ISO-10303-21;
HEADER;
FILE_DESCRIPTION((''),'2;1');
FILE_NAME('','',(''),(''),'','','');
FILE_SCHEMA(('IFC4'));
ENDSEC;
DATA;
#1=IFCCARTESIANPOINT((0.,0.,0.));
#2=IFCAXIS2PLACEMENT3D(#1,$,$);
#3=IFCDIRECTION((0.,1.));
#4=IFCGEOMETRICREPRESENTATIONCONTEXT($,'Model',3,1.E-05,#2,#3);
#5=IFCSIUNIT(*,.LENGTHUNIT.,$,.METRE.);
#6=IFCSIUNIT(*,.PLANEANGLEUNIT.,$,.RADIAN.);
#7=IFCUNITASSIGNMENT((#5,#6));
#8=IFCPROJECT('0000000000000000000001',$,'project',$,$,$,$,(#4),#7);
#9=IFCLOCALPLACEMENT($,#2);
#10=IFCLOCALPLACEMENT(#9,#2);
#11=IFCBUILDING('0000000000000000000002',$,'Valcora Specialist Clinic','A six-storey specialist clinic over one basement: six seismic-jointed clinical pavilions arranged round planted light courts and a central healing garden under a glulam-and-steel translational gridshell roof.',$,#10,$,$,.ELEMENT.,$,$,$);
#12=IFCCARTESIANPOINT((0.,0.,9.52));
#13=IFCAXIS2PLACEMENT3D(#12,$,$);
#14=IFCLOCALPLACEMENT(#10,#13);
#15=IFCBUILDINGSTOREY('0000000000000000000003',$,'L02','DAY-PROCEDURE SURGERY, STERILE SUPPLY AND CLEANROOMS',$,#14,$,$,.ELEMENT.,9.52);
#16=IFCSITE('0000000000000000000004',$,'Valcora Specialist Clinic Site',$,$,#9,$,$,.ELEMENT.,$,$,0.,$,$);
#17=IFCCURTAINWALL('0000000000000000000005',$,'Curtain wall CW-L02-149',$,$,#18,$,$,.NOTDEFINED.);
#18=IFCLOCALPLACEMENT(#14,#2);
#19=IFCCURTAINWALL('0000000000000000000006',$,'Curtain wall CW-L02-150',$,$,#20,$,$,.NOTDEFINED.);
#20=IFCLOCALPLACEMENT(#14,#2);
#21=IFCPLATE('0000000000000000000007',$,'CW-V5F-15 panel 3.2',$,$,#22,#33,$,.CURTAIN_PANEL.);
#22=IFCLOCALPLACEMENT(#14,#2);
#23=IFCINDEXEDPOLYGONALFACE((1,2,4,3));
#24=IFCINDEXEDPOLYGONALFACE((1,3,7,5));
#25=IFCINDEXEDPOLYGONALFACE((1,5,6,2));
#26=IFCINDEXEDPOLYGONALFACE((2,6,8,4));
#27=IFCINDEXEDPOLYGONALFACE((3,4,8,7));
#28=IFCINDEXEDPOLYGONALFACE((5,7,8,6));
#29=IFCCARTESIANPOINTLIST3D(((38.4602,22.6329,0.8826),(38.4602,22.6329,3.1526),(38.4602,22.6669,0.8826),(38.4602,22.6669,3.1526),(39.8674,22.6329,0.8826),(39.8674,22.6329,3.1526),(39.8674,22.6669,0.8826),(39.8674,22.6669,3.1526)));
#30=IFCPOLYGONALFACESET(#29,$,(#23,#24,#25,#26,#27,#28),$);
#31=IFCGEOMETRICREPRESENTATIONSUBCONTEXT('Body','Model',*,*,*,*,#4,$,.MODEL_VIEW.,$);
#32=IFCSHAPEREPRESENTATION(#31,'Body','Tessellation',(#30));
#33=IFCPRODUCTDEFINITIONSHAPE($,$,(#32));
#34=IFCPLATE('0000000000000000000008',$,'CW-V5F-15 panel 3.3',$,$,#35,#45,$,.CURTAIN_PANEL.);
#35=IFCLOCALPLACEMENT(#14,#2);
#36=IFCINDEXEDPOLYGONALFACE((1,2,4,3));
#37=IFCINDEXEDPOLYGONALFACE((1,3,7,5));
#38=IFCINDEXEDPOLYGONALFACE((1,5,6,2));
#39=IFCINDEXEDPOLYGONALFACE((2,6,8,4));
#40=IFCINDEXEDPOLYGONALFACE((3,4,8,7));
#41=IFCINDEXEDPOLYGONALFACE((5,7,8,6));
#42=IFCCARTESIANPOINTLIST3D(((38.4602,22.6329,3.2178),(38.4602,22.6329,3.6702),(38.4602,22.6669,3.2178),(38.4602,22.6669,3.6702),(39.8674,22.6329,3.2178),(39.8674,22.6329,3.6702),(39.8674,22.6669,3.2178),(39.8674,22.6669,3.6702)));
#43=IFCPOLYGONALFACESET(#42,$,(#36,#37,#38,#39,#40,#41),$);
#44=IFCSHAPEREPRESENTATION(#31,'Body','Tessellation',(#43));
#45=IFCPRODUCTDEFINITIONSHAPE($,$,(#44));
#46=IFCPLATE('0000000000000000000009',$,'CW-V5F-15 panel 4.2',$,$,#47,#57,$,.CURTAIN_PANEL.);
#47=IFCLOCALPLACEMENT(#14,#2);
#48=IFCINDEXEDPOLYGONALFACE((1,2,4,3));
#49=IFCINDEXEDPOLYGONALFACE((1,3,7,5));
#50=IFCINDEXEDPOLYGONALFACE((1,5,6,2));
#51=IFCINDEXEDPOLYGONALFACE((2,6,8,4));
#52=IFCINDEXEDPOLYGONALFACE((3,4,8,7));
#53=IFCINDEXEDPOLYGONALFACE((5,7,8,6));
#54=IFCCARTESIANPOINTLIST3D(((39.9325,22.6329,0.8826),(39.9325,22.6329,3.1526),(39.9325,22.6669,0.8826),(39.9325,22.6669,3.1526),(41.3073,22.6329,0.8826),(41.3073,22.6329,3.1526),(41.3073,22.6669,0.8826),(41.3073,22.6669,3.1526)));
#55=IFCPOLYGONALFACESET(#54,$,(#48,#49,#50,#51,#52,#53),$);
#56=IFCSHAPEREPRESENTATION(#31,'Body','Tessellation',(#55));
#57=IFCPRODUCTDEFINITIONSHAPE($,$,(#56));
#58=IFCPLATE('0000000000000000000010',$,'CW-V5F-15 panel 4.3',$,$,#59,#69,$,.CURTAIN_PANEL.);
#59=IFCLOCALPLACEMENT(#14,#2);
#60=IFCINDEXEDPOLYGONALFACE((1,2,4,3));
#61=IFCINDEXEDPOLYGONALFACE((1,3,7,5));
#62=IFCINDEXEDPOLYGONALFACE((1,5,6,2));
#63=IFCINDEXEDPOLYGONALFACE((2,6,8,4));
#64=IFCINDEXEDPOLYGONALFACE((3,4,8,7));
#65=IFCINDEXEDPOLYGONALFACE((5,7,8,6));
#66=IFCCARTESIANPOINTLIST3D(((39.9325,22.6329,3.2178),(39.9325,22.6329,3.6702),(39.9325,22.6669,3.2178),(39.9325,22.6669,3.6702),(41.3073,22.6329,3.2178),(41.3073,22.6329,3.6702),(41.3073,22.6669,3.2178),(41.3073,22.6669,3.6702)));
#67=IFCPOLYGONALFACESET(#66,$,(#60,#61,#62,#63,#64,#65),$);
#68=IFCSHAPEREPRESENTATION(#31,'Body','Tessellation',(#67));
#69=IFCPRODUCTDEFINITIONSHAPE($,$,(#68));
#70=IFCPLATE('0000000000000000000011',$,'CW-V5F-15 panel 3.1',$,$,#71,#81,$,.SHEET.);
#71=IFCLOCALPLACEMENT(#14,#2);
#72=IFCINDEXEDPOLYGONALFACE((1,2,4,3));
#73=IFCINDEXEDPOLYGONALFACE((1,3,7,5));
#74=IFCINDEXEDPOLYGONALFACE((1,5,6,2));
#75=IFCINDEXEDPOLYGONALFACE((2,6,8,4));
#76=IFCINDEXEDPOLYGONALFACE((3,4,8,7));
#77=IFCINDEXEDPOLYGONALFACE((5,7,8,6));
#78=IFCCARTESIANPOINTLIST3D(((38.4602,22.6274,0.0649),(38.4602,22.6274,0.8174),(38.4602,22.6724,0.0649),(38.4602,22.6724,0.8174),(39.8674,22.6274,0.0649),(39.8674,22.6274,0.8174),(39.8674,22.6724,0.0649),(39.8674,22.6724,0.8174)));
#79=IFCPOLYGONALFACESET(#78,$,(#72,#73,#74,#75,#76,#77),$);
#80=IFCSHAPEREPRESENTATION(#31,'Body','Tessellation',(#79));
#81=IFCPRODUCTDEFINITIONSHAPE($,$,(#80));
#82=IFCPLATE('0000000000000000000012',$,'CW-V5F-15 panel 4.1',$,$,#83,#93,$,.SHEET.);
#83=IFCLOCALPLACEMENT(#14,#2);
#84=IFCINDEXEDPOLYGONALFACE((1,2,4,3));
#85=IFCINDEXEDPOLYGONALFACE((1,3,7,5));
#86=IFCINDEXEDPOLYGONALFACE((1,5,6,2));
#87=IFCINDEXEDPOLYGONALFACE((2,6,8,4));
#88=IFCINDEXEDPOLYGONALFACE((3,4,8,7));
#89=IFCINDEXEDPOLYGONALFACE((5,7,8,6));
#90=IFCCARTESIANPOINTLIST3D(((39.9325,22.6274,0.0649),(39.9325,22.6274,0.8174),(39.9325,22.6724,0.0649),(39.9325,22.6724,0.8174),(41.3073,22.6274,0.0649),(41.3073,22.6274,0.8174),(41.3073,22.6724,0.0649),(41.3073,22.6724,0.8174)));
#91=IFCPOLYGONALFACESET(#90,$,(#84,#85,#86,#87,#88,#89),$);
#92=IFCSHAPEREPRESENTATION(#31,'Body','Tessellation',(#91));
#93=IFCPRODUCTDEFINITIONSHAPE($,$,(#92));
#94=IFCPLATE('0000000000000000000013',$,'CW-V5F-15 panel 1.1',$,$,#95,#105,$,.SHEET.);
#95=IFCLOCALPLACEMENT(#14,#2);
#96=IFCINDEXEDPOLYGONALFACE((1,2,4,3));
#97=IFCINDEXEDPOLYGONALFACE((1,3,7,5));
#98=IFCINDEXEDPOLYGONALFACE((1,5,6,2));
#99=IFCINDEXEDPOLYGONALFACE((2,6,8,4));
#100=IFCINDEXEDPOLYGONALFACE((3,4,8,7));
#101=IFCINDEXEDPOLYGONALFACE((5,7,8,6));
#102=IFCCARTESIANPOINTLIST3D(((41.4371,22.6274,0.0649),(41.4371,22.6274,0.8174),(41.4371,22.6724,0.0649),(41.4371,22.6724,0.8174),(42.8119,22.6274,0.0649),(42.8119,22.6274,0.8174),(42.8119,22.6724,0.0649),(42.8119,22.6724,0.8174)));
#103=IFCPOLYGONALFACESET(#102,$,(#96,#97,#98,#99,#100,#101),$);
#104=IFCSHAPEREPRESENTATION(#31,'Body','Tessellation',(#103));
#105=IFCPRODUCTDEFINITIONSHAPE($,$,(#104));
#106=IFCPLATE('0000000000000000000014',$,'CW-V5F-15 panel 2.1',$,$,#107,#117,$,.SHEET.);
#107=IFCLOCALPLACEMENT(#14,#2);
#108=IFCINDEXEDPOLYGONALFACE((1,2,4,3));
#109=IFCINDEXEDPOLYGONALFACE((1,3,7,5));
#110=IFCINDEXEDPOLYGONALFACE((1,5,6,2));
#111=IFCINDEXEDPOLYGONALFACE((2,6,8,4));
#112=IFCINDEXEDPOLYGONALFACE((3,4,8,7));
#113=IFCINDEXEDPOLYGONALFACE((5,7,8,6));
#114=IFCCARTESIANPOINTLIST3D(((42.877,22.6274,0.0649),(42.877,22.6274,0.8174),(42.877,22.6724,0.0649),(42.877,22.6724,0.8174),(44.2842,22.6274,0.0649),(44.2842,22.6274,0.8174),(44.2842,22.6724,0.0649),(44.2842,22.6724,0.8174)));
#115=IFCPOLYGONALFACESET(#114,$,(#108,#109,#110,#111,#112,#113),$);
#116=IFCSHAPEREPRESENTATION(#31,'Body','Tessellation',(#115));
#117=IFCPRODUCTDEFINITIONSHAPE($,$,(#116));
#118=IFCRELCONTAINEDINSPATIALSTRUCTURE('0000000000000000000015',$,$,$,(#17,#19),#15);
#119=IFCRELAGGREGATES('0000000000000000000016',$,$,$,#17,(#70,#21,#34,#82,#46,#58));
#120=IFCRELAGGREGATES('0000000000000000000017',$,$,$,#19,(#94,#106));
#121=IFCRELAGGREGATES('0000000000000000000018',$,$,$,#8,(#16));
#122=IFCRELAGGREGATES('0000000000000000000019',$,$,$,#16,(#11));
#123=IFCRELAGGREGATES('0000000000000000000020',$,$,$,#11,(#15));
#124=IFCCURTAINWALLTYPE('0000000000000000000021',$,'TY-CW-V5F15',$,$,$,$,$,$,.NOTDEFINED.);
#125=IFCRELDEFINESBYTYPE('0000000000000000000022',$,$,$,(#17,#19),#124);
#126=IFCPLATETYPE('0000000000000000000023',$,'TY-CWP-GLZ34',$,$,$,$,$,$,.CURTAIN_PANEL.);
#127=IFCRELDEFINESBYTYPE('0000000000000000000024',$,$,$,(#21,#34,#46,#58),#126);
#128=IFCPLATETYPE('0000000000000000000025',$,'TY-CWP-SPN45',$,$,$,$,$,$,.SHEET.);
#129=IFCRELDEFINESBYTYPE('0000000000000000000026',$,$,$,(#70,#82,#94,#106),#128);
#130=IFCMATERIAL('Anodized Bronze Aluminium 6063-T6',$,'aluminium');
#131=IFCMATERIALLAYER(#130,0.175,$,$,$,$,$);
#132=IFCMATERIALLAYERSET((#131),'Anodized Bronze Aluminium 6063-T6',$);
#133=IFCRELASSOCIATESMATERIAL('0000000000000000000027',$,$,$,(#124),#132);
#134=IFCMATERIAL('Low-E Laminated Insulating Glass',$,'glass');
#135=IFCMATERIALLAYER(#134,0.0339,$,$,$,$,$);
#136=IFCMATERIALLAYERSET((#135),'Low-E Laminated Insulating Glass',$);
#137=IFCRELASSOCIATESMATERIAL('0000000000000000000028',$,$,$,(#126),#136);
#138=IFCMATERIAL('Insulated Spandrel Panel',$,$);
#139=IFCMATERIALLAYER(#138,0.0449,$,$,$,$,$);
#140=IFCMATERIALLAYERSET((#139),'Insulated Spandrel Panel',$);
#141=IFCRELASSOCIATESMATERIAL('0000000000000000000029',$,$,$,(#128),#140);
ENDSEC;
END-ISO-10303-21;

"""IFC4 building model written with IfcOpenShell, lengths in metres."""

from ifc_helpers import new_model, si_unit, direction, frame, origin, origin_2d, place, context, subcontext, project, spatial, rectangle, extrude, material, layer, layer_set, type_object, element, aggregate, save


model = new_model("IFC4")

# Units and contexts
model_context = context("Model", 3, precision=1e-05, world=origin(), true_north=direction((0.0, 1.0)))
body_context = subcontext(model_context, "Body", "Model", "MODEL_VIEW")
ifc_project = project(units=[si_unit("LENGTHUNIT", "METRE"), si_unit("PLANEANGLEUNIT", "RADIAN")], contexts=[model_context])

# Site, building, storey
site_placement = place(None, origin())
site = spatial("IfcSite", under=ifc_project, at=site_placement, Name="Valcora Specialist Clinic Site", CompositionType="ELEMENT", RefElevation=0.0)
building_placement = place(site_placement, origin())
building = spatial("IfcBuilding", under=site, at=building_placement, Name="Valcora Specialist Clinic", Description="A six-storey specialist clinic over one basement: six seismic-jointed clinical pavilions arranged round planted light courts and a central healing garden under a glulam-and-steel translational gridshell roof.", CompositionType="ELEMENT")
storey_placement = place(building_placement, frame((0.0, 0.0, 9.52)))
storey = spatial("IfcBuildingStorey", under=building, at=storey_placement, Name="L02", Description="DAY-PROCEDURE SURGERY, STERILE SUPPLY AND CLEANROOMS", CompositionType="ELEMENT", Elevation=9.52)

# Curtain walls
ifc_material_1 = material(Name="Anodized Bronze Aluminium 6063-T6", Category="aluminium")
ifc_layer_1 = layer(ifc_material_1, 0.175)
ifc_layer_set_1 = layer_set([ifc_layer_1], Name="Anodized Bronze Aluminium 6063-T6")
curtain_wall_type = type_object("IfcCurtainWallType", Name="TY-CW-V5F15", PredefinedType="NOTDEFINED", material=ifc_layer_set_1)
curtain_wall_1_placement = place(storey_placement, origin())
curtain_wall_1 = element("IfcCurtainWall", 1, at=curtain_wall_1_placement, inside=storey, type_object=curtain_wall_type, Name="Curtain wall CW-L02-149", PredefinedType="NOTDEFINED")
curtain_wall_2_placement = place(storey_placement, origin())
curtain_wall_2 = element("IfcCurtainWall", 2, at=curtain_wall_2_placement, inside=storey, type_object=curtain_wall_type, Name="Curtain wall CW-L02-150", PredefinedType="NOTDEFINED")

# Plates
ifc_material_2 = material(Name="Low-E Laminated Insulating Glass", Category="glass")
ifc_layer_2 = layer(ifc_material_2, 0.0339)
ifc_layer_set_2 = layer_set([ifc_layer_2], Name="Low-E Laminated Insulating Glass")
plate_type_1 = type_object("IfcPlateType", Name="TY-CWP-GLZ34", PredefinedType="CURTAIN_PANEL", material=ifc_layer_set_2)
plate_1_placement = place(storey_placement, frame((39.1638, 22.6499, 0.8826), z_axis=(0.0, 0.0, 1.0), x_axis=(1.0, 0.0, 0.0)))
plate_1 = element("IfcPlate", 3, at=plate_1_placement, type_object=plate_type_1, Name="CW-V5F-15 panel 3.2", PredefinedType="CURTAIN_PANEL", context=body_context, shape_type="SweptSolid", body=[
    extrude(rectangle(XDim=1.4072, YDim=0.0339, at=origin_2d()), origin(), (0.0, 0.0, 1.0), 2.27),
])
plate_2_placement = place(storey_placement, frame((39.1638, 22.6499, 3.2178), z_axis=(0.0, 0.0, 1.0), x_axis=(1.0, 0.0, 0.0)))
plate_2 = element("IfcPlate", 4, at=plate_2_placement, type_object=plate_type_1, Name="CW-V5F-15 panel 3.3", PredefinedType="CURTAIN_PANEL", context=body_context, shape_type="SweptSolid", body=[
    extrude(rectangle(XDim=1.4072, YDim=0.0339, at=origin_2d()), origin(), (0.0, 0.0, 1.0), 0.4524),
])
plate_3_placement = place(storey_placement, frame((40.6199, 22.6499, 0.8826), z_axis=(0.0, 0.0, 1.0), x_axis=(1.0, 0.0, 0.0)))
plate_3 = element("IfcPlate", 5, at=plate_3_placement, type_object=plate_type_1, Name="CW-V5F-15 panel 4.2", PredefinedType="CURTAIN_PANEL", context=body_context, shape_type="SweptSolid", body=[
    extrude(rectangle(XDim=1.3748, YDim=0.0339, at=origin_2d()), origin(), (0.0, 0.0, 1.0), 2.27),
])
plate_4_placement = place(storey_placement, frame((40.6199, 22.6499, 3.2178), z_axis=(0.0, 0.0, 1.0), x_axis=(1.0, 0.0, 0.0)))
plate_4 = element("IfcPlate", 6, at=plate_4_placement, type_object=plate_type_1, Name="CW-V5F-15 panel 4.3", PredefinedType="CURTAIN_PANEL", context=body_context, shape_type="SweptSolid", body=[
    extrude(rectangle(XDim=1.3748, YDim=0.0339, at=origin_2d()), origin(), (0.0, 0.0, 1.0), 0.4524),
])
ifc_material_3 = material(Name="Insulated Spandrel Panel")
ifc_layer_3 = layer(ifc_material_3, 0.0449)
ifc_layer_set_3 = layer_set([ifc_layer_3], Name="Insulated Spandrel Panel")
plate_type_2 = type_object("IfcPlateType", Name="TY-CWP-SPN45", PredefinedType="SHEET", material=ifc_layer_set_3)
plate_5_placement = place(storey_placement, frame((39.1638, 22.6499, 0.0649), z_axis=(0.0, 0.0, 1.0), x_axis=(1.0, 0.0, 0.0)))
plate_5 = element("IfcPlate", 7, at=plate_5_placement, type_object=plate_type_2, Name="CW-V5F-15 panel 3.1", PredefinedType="SHEET", context=body_context, shape_type="SweptSolid", body=[
    extrude(rectangle(XDim=1.4072, YDim=0.0449, at=origin_2d()), origin(), (0.0, 0.0, 1.0), 0.7524),
])
plate_6_placement = place(storey_placement, frame((40.6199, 22.6499, 0.0649), z_axis=(0.0, 0.0, 1.0), x_axis=(1.0, 0.0, 0.0)))
plate_6 = element("IfcPlate", 8, at=plate_6_placement, type_object=plate_type_2, Name="CW-V5F-15 panel 4.1", PredefinedType="SHEET", context=body_context, shape_type="SweptSolid", body=[
    extrude(rectangle(XDim=1.3748, YDim=0.0449, at=origin_2d()), origin(), (0.0, 0.0, 1.0), 0.7524),
])
aggregate(curtain_wall_1, [plate_5, plate_1, plate_2, plate_6, plate_3, plate_4])
plate_7_placement = place(storey_placement, frame((42.1245, 22.6499, 0.0649), z_axis=(0.0, 0.0, 1.0), x_axis=(1.0, 0.0, 0.0)))
plate_7 = element("IfcPlate", 9, at=plate_7_placement, type_object=plate_type_2, Name="CW-V5F-15 panel 1.1", PredefinedType="SHEET", context=body_context, shape_type="SweptSolid", body=[
    extrude(rectangle(XDim=1.3748, YDim=0.0449, at=origin_2d()), origin(), (0.0, 0.0, 1.0), 0.7524),
])
plate_8_placement = place(storey_placement, frame((43.5806, 22.6499, 0.0649), z_axis=(0.0, 0.0, 1.0), x_axis=(1.0, 0.0, 0.0)))
plate_8 = element("IfcPlate", 10, at=plate_8_placement, type_object=plate_type_2, Name="CW-V5F-15 panel 2.1", PredefinedType="SHEET", context=body_context, shape_type="SweptSolid", body=[
    extrude(rectangle(XDim=1.4072, YDim=0.0449, at=origin_2d()), origin(), (0.0, 0.0, 1.0), 0.7524),
])
aggregate(curtain_wall_2, [plate_7, plate_8])

save(model, "model.ifc")
